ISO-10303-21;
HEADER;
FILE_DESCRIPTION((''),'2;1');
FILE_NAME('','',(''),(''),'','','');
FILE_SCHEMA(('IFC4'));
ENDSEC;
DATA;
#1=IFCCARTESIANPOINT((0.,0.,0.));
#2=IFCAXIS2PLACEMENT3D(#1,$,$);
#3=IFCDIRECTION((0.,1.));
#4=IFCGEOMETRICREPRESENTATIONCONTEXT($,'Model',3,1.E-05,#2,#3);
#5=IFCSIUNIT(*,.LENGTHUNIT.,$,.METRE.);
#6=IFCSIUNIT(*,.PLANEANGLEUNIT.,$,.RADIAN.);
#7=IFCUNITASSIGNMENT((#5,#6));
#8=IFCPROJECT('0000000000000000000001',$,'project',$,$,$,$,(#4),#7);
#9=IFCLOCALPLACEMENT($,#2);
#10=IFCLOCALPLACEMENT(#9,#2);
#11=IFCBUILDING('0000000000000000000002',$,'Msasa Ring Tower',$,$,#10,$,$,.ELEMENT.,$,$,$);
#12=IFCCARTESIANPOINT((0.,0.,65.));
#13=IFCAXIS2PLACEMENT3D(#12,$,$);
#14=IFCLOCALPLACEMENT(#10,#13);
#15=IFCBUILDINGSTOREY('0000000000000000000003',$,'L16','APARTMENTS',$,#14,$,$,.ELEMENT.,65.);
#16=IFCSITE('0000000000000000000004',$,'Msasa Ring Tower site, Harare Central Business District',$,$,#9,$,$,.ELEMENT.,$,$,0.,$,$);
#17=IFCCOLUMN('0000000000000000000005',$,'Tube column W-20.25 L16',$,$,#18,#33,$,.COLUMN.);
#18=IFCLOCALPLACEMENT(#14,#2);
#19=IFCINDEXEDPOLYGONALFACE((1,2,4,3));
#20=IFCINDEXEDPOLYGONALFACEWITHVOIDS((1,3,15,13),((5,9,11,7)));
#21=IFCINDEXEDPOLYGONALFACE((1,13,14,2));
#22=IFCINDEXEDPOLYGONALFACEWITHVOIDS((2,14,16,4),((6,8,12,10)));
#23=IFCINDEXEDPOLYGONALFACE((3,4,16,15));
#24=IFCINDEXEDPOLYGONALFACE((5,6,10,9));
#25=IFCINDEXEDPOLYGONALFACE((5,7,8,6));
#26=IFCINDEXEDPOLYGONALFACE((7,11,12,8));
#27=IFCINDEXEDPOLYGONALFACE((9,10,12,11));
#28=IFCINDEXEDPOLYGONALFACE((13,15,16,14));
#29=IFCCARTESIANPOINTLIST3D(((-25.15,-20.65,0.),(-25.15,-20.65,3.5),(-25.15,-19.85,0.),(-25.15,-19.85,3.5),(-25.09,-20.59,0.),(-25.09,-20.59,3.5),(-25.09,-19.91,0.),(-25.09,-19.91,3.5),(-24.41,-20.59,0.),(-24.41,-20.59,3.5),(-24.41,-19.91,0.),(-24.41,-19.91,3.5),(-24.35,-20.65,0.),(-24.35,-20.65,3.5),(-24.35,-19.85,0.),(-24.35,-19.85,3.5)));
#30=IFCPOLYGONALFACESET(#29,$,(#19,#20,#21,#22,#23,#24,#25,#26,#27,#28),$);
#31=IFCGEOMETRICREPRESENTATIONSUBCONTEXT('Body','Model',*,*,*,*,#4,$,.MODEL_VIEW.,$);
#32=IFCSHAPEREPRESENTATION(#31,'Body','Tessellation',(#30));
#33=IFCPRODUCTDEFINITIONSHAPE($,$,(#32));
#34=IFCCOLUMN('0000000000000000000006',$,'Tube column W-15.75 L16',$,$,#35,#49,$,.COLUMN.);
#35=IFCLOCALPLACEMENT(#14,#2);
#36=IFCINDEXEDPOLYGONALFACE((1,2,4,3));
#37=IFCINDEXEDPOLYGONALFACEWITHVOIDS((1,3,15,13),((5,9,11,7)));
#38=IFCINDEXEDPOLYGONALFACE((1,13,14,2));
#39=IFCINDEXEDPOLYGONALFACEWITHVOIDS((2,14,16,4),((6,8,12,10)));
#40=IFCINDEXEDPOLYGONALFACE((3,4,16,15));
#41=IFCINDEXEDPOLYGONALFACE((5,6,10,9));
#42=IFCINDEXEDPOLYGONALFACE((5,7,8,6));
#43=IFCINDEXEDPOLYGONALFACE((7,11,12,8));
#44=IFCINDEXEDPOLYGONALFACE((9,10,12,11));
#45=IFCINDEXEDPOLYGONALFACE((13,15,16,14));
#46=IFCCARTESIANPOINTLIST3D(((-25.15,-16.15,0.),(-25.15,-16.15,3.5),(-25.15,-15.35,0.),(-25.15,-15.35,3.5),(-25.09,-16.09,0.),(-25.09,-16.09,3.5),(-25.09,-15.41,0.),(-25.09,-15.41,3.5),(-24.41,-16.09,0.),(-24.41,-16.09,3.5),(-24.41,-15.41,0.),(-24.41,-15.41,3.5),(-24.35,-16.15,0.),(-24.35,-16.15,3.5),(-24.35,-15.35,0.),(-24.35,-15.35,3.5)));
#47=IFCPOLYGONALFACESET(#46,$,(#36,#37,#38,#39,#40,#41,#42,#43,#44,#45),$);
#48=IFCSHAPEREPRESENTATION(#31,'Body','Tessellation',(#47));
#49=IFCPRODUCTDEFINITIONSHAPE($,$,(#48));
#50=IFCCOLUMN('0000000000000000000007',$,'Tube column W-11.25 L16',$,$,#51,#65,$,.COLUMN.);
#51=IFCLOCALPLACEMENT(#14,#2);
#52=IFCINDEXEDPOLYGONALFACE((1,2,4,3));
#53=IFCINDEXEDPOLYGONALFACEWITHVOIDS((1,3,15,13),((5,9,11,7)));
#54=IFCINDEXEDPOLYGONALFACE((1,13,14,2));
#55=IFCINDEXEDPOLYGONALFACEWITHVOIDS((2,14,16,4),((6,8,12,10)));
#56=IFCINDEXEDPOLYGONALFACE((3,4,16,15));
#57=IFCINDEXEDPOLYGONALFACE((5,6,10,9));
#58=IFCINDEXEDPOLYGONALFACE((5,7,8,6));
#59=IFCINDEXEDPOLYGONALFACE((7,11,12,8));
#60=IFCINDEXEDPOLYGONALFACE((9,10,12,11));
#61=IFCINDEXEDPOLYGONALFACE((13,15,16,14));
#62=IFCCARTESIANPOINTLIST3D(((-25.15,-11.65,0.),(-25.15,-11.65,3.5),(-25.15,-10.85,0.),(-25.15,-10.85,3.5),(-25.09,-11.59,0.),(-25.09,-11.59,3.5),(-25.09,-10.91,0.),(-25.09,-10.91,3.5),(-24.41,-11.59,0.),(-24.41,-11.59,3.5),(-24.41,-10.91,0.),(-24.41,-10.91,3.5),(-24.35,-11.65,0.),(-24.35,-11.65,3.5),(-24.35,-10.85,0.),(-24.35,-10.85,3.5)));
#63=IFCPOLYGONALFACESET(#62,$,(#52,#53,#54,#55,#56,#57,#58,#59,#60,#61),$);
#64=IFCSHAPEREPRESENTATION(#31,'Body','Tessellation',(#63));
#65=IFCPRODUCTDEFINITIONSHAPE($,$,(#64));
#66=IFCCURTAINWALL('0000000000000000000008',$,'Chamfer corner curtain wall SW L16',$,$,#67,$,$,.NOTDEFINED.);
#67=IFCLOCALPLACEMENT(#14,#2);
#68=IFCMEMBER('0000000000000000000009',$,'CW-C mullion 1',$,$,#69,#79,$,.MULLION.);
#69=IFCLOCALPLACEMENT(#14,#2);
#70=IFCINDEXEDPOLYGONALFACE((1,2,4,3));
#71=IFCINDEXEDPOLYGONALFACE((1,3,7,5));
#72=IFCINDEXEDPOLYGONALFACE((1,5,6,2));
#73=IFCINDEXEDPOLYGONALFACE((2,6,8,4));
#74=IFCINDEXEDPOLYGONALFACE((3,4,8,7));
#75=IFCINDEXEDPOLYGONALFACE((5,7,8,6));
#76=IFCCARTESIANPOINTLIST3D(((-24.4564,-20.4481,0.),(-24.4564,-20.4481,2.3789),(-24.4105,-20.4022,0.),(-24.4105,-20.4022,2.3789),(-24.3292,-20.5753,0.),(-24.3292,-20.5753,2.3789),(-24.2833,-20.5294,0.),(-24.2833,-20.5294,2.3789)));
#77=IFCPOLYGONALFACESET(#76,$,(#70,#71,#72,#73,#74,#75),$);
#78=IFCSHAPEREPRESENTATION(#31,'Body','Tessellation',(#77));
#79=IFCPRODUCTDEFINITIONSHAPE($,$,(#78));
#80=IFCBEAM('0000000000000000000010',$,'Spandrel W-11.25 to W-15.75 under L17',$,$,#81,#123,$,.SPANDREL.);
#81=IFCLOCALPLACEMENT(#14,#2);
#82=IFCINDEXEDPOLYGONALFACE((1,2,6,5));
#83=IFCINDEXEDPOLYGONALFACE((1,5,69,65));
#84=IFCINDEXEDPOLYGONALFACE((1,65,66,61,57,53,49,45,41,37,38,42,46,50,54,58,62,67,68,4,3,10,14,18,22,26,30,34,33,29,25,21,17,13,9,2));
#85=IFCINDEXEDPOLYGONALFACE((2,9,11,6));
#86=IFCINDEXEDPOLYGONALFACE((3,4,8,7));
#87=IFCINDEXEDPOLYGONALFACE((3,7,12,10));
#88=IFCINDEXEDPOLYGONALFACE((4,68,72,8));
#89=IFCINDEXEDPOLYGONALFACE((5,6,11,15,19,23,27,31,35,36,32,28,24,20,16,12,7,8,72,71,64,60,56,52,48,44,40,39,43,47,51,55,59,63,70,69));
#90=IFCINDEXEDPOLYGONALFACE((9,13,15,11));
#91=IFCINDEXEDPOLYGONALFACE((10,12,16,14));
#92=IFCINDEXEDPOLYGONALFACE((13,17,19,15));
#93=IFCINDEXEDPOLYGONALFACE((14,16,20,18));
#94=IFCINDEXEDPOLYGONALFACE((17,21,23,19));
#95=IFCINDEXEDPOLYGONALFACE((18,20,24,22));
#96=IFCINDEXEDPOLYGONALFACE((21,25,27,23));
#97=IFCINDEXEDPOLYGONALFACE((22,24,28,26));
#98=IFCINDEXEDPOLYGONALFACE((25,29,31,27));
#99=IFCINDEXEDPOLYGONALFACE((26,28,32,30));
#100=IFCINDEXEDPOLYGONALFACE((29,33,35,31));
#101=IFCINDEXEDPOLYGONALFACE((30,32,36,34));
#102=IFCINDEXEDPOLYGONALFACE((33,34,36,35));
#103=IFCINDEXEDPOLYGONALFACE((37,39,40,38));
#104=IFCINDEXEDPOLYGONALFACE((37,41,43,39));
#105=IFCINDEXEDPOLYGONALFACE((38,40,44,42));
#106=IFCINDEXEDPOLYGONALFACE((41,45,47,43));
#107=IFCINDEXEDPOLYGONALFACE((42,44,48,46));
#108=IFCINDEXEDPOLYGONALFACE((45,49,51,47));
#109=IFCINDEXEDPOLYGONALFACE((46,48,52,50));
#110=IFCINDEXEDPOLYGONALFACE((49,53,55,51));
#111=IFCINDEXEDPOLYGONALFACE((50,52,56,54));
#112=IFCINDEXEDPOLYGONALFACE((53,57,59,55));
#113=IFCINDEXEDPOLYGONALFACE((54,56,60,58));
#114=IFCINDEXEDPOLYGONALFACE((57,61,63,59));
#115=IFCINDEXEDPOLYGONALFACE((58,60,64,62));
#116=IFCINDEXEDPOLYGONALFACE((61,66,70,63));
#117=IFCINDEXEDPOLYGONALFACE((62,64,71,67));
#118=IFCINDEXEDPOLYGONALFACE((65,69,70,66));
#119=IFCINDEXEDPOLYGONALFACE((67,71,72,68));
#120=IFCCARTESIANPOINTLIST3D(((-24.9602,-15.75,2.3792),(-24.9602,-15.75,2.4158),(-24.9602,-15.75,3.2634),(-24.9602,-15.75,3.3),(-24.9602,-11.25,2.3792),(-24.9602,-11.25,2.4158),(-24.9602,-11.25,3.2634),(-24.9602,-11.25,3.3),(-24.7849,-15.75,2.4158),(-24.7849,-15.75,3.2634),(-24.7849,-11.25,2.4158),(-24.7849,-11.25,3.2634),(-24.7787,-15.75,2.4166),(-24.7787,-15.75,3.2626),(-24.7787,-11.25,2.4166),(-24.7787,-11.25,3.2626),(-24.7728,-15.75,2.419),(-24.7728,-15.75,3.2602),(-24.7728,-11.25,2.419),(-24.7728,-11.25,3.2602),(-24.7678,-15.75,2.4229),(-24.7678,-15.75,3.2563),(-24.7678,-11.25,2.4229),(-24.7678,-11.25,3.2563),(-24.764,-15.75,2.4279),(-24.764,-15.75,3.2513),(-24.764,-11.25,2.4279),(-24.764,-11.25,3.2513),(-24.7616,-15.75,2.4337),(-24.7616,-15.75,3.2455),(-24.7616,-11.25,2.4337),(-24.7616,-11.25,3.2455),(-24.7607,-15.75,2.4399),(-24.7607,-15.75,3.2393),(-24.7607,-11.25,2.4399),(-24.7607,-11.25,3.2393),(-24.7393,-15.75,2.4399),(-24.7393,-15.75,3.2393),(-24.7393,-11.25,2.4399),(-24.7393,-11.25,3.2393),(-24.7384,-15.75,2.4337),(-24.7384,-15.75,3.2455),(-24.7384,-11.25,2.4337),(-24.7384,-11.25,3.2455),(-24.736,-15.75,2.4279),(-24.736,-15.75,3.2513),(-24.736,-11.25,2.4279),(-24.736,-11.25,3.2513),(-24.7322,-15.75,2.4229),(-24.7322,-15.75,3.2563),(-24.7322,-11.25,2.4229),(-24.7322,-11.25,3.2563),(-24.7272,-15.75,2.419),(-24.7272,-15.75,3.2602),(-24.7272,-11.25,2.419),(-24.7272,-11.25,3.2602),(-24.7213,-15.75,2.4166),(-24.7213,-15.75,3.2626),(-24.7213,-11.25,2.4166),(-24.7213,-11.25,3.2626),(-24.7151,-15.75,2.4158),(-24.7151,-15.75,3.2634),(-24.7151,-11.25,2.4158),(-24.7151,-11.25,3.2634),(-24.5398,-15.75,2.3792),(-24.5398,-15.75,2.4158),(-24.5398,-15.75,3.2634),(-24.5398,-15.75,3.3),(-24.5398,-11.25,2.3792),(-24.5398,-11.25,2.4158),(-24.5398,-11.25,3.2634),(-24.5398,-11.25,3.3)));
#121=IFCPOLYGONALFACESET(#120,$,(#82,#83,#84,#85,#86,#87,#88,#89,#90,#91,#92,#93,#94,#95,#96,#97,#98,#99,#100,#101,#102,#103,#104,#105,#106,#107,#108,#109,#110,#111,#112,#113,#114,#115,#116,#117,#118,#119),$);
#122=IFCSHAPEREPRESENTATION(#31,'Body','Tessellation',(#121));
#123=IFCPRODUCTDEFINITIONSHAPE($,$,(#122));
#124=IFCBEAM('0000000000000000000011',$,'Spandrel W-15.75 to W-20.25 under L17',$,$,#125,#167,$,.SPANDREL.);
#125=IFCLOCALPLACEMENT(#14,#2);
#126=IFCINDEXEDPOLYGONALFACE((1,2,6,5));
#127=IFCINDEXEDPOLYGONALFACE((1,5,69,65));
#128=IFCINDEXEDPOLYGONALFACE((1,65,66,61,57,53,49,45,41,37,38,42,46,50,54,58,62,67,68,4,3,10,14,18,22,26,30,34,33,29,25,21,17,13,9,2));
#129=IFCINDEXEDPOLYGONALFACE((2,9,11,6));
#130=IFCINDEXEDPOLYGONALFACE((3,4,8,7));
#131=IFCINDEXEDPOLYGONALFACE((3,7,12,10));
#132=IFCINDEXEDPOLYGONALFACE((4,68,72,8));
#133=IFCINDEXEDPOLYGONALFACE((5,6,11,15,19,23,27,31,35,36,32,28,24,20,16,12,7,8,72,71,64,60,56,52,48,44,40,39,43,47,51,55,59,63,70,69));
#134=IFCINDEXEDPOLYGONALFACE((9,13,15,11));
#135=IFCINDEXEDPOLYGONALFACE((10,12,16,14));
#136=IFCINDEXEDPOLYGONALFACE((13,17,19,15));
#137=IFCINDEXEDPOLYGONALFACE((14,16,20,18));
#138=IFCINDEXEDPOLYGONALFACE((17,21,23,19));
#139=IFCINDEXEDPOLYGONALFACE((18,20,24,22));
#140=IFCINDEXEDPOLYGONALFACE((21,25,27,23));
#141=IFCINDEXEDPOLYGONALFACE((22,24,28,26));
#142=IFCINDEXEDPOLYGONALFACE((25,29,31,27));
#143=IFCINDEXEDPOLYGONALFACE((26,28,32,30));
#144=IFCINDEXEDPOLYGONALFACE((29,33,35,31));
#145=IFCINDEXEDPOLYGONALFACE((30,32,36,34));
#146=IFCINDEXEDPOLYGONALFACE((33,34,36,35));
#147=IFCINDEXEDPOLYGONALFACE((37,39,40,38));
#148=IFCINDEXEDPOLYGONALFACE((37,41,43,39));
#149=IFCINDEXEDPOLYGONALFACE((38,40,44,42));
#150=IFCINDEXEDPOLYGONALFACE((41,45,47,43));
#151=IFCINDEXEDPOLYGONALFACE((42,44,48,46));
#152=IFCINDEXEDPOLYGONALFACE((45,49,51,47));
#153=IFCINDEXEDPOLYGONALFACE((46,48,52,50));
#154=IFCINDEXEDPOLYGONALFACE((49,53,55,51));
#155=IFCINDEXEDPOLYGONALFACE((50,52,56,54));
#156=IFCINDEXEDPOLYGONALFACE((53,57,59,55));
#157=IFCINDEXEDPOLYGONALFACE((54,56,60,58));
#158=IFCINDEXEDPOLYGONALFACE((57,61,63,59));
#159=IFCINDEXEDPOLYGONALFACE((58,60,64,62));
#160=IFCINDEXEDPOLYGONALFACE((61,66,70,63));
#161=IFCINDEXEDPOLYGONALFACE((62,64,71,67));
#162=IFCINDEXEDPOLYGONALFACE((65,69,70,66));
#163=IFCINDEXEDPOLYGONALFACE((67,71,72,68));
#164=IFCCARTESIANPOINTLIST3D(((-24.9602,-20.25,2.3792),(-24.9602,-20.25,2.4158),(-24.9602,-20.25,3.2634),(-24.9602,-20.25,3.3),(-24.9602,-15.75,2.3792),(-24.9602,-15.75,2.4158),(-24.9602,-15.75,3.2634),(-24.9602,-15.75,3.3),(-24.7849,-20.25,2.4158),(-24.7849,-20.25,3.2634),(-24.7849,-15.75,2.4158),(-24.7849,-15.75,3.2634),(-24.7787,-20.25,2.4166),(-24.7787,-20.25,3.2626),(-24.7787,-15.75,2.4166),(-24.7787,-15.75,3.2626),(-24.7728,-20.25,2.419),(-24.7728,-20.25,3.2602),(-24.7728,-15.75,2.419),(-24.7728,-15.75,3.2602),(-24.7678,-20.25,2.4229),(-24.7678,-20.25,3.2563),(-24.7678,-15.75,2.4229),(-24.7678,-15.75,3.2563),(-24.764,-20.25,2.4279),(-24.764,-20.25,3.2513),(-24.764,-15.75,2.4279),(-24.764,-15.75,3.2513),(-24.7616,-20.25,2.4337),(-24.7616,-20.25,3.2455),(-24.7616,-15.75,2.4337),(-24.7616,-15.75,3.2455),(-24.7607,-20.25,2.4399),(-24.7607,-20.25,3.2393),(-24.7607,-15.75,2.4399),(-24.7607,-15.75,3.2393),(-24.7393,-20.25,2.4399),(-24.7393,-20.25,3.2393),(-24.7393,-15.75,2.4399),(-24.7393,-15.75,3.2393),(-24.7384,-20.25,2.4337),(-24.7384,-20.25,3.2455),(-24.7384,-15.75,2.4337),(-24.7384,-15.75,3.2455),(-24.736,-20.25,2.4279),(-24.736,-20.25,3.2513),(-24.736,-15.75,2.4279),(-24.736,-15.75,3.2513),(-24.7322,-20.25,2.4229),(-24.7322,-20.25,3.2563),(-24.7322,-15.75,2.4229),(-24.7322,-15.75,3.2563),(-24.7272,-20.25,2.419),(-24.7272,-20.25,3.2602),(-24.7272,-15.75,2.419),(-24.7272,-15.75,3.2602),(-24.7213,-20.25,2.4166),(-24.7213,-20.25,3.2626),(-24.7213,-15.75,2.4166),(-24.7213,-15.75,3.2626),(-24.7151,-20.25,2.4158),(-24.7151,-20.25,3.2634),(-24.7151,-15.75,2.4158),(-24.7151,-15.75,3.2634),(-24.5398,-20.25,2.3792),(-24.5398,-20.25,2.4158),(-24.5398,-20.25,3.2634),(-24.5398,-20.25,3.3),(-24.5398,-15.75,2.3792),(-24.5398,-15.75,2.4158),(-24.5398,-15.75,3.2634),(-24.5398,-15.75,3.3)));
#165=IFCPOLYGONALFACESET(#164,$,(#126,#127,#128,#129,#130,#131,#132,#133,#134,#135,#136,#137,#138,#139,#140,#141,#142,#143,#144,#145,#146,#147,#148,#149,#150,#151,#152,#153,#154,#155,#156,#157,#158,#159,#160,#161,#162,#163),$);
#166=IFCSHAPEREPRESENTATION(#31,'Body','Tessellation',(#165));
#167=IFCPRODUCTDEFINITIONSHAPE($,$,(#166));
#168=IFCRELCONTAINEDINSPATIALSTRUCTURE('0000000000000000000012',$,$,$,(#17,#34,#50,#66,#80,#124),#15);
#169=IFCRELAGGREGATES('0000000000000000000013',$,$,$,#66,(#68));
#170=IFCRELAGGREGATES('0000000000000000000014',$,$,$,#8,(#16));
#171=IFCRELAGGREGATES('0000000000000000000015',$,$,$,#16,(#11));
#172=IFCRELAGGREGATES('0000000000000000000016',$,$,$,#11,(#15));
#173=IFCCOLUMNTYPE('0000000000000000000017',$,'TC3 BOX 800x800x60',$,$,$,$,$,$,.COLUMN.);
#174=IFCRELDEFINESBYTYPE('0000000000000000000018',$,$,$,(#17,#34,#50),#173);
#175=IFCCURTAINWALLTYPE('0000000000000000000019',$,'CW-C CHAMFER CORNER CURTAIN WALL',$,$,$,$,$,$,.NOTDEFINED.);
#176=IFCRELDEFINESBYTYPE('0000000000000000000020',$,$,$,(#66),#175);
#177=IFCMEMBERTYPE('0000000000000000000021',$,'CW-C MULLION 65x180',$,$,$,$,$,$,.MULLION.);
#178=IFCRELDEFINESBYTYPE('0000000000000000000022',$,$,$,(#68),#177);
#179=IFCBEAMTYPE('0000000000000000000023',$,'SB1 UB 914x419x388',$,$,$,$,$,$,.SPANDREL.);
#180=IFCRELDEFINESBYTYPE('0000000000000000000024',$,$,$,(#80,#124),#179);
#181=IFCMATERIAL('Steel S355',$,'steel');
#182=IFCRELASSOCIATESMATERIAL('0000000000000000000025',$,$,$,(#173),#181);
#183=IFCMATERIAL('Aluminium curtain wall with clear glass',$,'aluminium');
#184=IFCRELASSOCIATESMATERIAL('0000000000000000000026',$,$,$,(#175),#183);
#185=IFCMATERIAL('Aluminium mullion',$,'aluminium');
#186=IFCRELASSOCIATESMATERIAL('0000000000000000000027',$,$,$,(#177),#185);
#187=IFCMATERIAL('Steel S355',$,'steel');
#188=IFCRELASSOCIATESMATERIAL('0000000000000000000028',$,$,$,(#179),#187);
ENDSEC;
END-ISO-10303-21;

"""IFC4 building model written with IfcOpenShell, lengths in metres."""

from ifc_helpers import new_model, si_unit, direction, frame, origin, origin_2d, place, context, subcontext, project, spatial, rectangle, hollow_rectangle, i_section, extrude, material, material_profile, profile_set, type_object, element, aggregate, save


model = new_model("IFC4")

# Units and contexts
model_context = context("Model", 3, precision=1e-05, world=origin(), true_north=direction((0.0, 1.0)))
body_context = subcontext(model_context, "Body", "Model", "MODEL_VIEW")
ifc_project = project(units=[si_unit("LENGTHUNIT", "METRE"), si_unit("PLANEANGLEUNIT", "RADIAN")], contexts=[model_context])

# Site, building, storey
site_placement = place(None, origin())
site = spatial("IfcSite", under=ifc_project, at=site_placement, Name="Msasa Ring Tower site, Harare Central Business District", CompositionType="ELEMENT", RefElevation=0.0)
building_placement = place(site_placement, origin())
building = spatial("IfcBuilding", under=site, at=building_placement, Name="Msasa Ring Tower", CompositionType="ELEMENT")
storey_placement = place(building_placement, frame((0.0, 0.0, 65.0)))
storey = spatial("IfcBuildingStorey", under=building, at=storey_placement, Name="L16", Description="APARTMENTS", CompositionType="ELEMENT", Elevation=65.0)

# Columns
ifc_material_1 = material(Name="Steel S355", Category="steel")
ifc_material_profile_1 = material_profile(ifc_material_1, hollow_rectangle(XDim=0.8, YDim=0.8, WallThickness=0.0601, at=origin_2d()), Name="BOX 800x800x60")
ifc_profile_set_1 = profile_set([ifc_material_profile_1], Name="Steel S355")
column_type = type_object("IfcColumnType", Name="TC3 BOX 800x800x60", PredefinedType="COLUMN", material=ifc_profile_set_1)
for number, where, z_axis, x_axis, name in (
    (1, (-24.75, -20.25, 0.0), (0.0, 0.0, 1.0), (1.0, 0.0, 0.0), "Tube column W-20.25 L16"),
    (2, (-24.75, -15.75, 0.0), (0.0, 0.0, 1.0), (1.0, 0.0, 0.0), "Tube column W-15.75 L16"),
    (3, (-24.75, -11.25, 0.0), (0.0, 0.0, 1.0), (1.0, 0.0, 0.0), "Tube column W-11.25 L16"),
):
    element("IfcColumn", number, at=place(storey_placement, frame(where, z_axis=z_axis, x_axis=x_axis)), inside=storey, type_object=column_type, Name=name, PredefinedType="COLUMN", context=body_context, shape_type="SweptSolid", body=[
        extrude(hollow_rectangle(XDim=0.8, YDim=0.8, WallThickness=0.0601, at=origin_2d()), origin(), (0.0, 0.0, 1.0), 3.5),
    ])

# Curtain wall, member
ifc_material_2 = material(Name="Aluminium curtain wall with clear glass", Category="aluminium")
curtain_wall_type = type_object("IfcCurtainWallType", Name="CW-C CHAMFER CORNER CURTAIN WALL", PredefinedType="NOTDEFINED", material=ifc_material_2)
curtain_wall_placement = place(storey_placement, origin())
curtain_wall = element("IfcCurtainWall", 4, at=curtain_wall_placement, inside=storey, type_object=curtain_wall_type, Name="Chamfer corner curtain wall SW L16", PredefinedType="NOTDEFINED")
ifc_material_3 = material(Name="Aluminium mullion", Category="aluminium")
ifc_material_profile_2 = material_profile(ifc_material_3, rectangle(XDim=0.0649, YDim=0.1799, at=origin_2d()), Name="AL 65x180")
ifc_profile_set_2 = profile_set([ifc_material_profile_2], Name="Aluminium mullion")
member_type = type_object("IfcMemberType", Name="CW-C MULLION 65x180", PredefinedType="MULLION", material=ifc_profile_set_2)
member_placement = place(storey_placement, frame((-24.3699, -20.4888, 0.0), z_axis=(0.0, 0.0, 1.0), x_axis=(0.707107, 0.707107, 0.0)))
member = element("IfcMember", 5, at=member_placement, type_object=member_type, Name="CW-C mullion 1", PredefinedType="MULLION", context=body_context, shape_type="SweptSolid", body=[
    extrude(rectangle(XDim=0.0649, YDim=0.1799, at=origin_2d()), origin(), (0.0, 0.0, 1.0), 2.3789),
])
aggregate(curtain_wall, [member])

# Beams
ifc_material_4 = material(Name="Steel S355", Category="steel")
ifc_material_profile_3 = material_profile(ifc_material_4, i_section(OverallWidth=0.4204, OverallDepth=0.9209, WebThickness=0.0215, FlangeThickness=0.0366, FilletRadius=0.0242, at=origin_2d()), Name="UB 914x419x388")
ifc_profile_set_3 = profile_set([ifc_material_profile_3], Name="Steel S355")
beam_type = type_object("IfcBeamType", Name="SB1 UB 914x419x388", PredefinedType="SPANDREL", material=ifc_profile_set_3)
for number, where, z_axis, x_axis, name in (
    (6, (-24.75, -11.25, 2.8396), (0.0, -1.0, 0.0), (1.0, 0.0, 0.0), "Spandrel W-11.25 to W-15.75 under L17"),
    (7, (-24.75, -15.75, 2.8396), (0.0, -1.0, 0.0), (1.0, 0.0, 0.0), "Spandrel W-15.75 to W-20.25 under L17"),
):
    element("IfcBeam", number, at=place(storey_placement, frame(where, z_axis=z_axis, x_axis=x_axis)), inside=storey, type_object=beam_type, Name=name, PredefinedType="SPANDREL", context=body_context, shape_type="SweptSolid", body=[
        extrude(i_section(OverallWidth=0.4204, OverallDepth=0.9209, WebThickness=0.0215, FlangeThickness=0.0366, FilletRadius=0.0242, at=origin_2d()), origin(), (0.0, 0.0, 1.0), 4.5),
    ])

save(model, "model.ifc")
